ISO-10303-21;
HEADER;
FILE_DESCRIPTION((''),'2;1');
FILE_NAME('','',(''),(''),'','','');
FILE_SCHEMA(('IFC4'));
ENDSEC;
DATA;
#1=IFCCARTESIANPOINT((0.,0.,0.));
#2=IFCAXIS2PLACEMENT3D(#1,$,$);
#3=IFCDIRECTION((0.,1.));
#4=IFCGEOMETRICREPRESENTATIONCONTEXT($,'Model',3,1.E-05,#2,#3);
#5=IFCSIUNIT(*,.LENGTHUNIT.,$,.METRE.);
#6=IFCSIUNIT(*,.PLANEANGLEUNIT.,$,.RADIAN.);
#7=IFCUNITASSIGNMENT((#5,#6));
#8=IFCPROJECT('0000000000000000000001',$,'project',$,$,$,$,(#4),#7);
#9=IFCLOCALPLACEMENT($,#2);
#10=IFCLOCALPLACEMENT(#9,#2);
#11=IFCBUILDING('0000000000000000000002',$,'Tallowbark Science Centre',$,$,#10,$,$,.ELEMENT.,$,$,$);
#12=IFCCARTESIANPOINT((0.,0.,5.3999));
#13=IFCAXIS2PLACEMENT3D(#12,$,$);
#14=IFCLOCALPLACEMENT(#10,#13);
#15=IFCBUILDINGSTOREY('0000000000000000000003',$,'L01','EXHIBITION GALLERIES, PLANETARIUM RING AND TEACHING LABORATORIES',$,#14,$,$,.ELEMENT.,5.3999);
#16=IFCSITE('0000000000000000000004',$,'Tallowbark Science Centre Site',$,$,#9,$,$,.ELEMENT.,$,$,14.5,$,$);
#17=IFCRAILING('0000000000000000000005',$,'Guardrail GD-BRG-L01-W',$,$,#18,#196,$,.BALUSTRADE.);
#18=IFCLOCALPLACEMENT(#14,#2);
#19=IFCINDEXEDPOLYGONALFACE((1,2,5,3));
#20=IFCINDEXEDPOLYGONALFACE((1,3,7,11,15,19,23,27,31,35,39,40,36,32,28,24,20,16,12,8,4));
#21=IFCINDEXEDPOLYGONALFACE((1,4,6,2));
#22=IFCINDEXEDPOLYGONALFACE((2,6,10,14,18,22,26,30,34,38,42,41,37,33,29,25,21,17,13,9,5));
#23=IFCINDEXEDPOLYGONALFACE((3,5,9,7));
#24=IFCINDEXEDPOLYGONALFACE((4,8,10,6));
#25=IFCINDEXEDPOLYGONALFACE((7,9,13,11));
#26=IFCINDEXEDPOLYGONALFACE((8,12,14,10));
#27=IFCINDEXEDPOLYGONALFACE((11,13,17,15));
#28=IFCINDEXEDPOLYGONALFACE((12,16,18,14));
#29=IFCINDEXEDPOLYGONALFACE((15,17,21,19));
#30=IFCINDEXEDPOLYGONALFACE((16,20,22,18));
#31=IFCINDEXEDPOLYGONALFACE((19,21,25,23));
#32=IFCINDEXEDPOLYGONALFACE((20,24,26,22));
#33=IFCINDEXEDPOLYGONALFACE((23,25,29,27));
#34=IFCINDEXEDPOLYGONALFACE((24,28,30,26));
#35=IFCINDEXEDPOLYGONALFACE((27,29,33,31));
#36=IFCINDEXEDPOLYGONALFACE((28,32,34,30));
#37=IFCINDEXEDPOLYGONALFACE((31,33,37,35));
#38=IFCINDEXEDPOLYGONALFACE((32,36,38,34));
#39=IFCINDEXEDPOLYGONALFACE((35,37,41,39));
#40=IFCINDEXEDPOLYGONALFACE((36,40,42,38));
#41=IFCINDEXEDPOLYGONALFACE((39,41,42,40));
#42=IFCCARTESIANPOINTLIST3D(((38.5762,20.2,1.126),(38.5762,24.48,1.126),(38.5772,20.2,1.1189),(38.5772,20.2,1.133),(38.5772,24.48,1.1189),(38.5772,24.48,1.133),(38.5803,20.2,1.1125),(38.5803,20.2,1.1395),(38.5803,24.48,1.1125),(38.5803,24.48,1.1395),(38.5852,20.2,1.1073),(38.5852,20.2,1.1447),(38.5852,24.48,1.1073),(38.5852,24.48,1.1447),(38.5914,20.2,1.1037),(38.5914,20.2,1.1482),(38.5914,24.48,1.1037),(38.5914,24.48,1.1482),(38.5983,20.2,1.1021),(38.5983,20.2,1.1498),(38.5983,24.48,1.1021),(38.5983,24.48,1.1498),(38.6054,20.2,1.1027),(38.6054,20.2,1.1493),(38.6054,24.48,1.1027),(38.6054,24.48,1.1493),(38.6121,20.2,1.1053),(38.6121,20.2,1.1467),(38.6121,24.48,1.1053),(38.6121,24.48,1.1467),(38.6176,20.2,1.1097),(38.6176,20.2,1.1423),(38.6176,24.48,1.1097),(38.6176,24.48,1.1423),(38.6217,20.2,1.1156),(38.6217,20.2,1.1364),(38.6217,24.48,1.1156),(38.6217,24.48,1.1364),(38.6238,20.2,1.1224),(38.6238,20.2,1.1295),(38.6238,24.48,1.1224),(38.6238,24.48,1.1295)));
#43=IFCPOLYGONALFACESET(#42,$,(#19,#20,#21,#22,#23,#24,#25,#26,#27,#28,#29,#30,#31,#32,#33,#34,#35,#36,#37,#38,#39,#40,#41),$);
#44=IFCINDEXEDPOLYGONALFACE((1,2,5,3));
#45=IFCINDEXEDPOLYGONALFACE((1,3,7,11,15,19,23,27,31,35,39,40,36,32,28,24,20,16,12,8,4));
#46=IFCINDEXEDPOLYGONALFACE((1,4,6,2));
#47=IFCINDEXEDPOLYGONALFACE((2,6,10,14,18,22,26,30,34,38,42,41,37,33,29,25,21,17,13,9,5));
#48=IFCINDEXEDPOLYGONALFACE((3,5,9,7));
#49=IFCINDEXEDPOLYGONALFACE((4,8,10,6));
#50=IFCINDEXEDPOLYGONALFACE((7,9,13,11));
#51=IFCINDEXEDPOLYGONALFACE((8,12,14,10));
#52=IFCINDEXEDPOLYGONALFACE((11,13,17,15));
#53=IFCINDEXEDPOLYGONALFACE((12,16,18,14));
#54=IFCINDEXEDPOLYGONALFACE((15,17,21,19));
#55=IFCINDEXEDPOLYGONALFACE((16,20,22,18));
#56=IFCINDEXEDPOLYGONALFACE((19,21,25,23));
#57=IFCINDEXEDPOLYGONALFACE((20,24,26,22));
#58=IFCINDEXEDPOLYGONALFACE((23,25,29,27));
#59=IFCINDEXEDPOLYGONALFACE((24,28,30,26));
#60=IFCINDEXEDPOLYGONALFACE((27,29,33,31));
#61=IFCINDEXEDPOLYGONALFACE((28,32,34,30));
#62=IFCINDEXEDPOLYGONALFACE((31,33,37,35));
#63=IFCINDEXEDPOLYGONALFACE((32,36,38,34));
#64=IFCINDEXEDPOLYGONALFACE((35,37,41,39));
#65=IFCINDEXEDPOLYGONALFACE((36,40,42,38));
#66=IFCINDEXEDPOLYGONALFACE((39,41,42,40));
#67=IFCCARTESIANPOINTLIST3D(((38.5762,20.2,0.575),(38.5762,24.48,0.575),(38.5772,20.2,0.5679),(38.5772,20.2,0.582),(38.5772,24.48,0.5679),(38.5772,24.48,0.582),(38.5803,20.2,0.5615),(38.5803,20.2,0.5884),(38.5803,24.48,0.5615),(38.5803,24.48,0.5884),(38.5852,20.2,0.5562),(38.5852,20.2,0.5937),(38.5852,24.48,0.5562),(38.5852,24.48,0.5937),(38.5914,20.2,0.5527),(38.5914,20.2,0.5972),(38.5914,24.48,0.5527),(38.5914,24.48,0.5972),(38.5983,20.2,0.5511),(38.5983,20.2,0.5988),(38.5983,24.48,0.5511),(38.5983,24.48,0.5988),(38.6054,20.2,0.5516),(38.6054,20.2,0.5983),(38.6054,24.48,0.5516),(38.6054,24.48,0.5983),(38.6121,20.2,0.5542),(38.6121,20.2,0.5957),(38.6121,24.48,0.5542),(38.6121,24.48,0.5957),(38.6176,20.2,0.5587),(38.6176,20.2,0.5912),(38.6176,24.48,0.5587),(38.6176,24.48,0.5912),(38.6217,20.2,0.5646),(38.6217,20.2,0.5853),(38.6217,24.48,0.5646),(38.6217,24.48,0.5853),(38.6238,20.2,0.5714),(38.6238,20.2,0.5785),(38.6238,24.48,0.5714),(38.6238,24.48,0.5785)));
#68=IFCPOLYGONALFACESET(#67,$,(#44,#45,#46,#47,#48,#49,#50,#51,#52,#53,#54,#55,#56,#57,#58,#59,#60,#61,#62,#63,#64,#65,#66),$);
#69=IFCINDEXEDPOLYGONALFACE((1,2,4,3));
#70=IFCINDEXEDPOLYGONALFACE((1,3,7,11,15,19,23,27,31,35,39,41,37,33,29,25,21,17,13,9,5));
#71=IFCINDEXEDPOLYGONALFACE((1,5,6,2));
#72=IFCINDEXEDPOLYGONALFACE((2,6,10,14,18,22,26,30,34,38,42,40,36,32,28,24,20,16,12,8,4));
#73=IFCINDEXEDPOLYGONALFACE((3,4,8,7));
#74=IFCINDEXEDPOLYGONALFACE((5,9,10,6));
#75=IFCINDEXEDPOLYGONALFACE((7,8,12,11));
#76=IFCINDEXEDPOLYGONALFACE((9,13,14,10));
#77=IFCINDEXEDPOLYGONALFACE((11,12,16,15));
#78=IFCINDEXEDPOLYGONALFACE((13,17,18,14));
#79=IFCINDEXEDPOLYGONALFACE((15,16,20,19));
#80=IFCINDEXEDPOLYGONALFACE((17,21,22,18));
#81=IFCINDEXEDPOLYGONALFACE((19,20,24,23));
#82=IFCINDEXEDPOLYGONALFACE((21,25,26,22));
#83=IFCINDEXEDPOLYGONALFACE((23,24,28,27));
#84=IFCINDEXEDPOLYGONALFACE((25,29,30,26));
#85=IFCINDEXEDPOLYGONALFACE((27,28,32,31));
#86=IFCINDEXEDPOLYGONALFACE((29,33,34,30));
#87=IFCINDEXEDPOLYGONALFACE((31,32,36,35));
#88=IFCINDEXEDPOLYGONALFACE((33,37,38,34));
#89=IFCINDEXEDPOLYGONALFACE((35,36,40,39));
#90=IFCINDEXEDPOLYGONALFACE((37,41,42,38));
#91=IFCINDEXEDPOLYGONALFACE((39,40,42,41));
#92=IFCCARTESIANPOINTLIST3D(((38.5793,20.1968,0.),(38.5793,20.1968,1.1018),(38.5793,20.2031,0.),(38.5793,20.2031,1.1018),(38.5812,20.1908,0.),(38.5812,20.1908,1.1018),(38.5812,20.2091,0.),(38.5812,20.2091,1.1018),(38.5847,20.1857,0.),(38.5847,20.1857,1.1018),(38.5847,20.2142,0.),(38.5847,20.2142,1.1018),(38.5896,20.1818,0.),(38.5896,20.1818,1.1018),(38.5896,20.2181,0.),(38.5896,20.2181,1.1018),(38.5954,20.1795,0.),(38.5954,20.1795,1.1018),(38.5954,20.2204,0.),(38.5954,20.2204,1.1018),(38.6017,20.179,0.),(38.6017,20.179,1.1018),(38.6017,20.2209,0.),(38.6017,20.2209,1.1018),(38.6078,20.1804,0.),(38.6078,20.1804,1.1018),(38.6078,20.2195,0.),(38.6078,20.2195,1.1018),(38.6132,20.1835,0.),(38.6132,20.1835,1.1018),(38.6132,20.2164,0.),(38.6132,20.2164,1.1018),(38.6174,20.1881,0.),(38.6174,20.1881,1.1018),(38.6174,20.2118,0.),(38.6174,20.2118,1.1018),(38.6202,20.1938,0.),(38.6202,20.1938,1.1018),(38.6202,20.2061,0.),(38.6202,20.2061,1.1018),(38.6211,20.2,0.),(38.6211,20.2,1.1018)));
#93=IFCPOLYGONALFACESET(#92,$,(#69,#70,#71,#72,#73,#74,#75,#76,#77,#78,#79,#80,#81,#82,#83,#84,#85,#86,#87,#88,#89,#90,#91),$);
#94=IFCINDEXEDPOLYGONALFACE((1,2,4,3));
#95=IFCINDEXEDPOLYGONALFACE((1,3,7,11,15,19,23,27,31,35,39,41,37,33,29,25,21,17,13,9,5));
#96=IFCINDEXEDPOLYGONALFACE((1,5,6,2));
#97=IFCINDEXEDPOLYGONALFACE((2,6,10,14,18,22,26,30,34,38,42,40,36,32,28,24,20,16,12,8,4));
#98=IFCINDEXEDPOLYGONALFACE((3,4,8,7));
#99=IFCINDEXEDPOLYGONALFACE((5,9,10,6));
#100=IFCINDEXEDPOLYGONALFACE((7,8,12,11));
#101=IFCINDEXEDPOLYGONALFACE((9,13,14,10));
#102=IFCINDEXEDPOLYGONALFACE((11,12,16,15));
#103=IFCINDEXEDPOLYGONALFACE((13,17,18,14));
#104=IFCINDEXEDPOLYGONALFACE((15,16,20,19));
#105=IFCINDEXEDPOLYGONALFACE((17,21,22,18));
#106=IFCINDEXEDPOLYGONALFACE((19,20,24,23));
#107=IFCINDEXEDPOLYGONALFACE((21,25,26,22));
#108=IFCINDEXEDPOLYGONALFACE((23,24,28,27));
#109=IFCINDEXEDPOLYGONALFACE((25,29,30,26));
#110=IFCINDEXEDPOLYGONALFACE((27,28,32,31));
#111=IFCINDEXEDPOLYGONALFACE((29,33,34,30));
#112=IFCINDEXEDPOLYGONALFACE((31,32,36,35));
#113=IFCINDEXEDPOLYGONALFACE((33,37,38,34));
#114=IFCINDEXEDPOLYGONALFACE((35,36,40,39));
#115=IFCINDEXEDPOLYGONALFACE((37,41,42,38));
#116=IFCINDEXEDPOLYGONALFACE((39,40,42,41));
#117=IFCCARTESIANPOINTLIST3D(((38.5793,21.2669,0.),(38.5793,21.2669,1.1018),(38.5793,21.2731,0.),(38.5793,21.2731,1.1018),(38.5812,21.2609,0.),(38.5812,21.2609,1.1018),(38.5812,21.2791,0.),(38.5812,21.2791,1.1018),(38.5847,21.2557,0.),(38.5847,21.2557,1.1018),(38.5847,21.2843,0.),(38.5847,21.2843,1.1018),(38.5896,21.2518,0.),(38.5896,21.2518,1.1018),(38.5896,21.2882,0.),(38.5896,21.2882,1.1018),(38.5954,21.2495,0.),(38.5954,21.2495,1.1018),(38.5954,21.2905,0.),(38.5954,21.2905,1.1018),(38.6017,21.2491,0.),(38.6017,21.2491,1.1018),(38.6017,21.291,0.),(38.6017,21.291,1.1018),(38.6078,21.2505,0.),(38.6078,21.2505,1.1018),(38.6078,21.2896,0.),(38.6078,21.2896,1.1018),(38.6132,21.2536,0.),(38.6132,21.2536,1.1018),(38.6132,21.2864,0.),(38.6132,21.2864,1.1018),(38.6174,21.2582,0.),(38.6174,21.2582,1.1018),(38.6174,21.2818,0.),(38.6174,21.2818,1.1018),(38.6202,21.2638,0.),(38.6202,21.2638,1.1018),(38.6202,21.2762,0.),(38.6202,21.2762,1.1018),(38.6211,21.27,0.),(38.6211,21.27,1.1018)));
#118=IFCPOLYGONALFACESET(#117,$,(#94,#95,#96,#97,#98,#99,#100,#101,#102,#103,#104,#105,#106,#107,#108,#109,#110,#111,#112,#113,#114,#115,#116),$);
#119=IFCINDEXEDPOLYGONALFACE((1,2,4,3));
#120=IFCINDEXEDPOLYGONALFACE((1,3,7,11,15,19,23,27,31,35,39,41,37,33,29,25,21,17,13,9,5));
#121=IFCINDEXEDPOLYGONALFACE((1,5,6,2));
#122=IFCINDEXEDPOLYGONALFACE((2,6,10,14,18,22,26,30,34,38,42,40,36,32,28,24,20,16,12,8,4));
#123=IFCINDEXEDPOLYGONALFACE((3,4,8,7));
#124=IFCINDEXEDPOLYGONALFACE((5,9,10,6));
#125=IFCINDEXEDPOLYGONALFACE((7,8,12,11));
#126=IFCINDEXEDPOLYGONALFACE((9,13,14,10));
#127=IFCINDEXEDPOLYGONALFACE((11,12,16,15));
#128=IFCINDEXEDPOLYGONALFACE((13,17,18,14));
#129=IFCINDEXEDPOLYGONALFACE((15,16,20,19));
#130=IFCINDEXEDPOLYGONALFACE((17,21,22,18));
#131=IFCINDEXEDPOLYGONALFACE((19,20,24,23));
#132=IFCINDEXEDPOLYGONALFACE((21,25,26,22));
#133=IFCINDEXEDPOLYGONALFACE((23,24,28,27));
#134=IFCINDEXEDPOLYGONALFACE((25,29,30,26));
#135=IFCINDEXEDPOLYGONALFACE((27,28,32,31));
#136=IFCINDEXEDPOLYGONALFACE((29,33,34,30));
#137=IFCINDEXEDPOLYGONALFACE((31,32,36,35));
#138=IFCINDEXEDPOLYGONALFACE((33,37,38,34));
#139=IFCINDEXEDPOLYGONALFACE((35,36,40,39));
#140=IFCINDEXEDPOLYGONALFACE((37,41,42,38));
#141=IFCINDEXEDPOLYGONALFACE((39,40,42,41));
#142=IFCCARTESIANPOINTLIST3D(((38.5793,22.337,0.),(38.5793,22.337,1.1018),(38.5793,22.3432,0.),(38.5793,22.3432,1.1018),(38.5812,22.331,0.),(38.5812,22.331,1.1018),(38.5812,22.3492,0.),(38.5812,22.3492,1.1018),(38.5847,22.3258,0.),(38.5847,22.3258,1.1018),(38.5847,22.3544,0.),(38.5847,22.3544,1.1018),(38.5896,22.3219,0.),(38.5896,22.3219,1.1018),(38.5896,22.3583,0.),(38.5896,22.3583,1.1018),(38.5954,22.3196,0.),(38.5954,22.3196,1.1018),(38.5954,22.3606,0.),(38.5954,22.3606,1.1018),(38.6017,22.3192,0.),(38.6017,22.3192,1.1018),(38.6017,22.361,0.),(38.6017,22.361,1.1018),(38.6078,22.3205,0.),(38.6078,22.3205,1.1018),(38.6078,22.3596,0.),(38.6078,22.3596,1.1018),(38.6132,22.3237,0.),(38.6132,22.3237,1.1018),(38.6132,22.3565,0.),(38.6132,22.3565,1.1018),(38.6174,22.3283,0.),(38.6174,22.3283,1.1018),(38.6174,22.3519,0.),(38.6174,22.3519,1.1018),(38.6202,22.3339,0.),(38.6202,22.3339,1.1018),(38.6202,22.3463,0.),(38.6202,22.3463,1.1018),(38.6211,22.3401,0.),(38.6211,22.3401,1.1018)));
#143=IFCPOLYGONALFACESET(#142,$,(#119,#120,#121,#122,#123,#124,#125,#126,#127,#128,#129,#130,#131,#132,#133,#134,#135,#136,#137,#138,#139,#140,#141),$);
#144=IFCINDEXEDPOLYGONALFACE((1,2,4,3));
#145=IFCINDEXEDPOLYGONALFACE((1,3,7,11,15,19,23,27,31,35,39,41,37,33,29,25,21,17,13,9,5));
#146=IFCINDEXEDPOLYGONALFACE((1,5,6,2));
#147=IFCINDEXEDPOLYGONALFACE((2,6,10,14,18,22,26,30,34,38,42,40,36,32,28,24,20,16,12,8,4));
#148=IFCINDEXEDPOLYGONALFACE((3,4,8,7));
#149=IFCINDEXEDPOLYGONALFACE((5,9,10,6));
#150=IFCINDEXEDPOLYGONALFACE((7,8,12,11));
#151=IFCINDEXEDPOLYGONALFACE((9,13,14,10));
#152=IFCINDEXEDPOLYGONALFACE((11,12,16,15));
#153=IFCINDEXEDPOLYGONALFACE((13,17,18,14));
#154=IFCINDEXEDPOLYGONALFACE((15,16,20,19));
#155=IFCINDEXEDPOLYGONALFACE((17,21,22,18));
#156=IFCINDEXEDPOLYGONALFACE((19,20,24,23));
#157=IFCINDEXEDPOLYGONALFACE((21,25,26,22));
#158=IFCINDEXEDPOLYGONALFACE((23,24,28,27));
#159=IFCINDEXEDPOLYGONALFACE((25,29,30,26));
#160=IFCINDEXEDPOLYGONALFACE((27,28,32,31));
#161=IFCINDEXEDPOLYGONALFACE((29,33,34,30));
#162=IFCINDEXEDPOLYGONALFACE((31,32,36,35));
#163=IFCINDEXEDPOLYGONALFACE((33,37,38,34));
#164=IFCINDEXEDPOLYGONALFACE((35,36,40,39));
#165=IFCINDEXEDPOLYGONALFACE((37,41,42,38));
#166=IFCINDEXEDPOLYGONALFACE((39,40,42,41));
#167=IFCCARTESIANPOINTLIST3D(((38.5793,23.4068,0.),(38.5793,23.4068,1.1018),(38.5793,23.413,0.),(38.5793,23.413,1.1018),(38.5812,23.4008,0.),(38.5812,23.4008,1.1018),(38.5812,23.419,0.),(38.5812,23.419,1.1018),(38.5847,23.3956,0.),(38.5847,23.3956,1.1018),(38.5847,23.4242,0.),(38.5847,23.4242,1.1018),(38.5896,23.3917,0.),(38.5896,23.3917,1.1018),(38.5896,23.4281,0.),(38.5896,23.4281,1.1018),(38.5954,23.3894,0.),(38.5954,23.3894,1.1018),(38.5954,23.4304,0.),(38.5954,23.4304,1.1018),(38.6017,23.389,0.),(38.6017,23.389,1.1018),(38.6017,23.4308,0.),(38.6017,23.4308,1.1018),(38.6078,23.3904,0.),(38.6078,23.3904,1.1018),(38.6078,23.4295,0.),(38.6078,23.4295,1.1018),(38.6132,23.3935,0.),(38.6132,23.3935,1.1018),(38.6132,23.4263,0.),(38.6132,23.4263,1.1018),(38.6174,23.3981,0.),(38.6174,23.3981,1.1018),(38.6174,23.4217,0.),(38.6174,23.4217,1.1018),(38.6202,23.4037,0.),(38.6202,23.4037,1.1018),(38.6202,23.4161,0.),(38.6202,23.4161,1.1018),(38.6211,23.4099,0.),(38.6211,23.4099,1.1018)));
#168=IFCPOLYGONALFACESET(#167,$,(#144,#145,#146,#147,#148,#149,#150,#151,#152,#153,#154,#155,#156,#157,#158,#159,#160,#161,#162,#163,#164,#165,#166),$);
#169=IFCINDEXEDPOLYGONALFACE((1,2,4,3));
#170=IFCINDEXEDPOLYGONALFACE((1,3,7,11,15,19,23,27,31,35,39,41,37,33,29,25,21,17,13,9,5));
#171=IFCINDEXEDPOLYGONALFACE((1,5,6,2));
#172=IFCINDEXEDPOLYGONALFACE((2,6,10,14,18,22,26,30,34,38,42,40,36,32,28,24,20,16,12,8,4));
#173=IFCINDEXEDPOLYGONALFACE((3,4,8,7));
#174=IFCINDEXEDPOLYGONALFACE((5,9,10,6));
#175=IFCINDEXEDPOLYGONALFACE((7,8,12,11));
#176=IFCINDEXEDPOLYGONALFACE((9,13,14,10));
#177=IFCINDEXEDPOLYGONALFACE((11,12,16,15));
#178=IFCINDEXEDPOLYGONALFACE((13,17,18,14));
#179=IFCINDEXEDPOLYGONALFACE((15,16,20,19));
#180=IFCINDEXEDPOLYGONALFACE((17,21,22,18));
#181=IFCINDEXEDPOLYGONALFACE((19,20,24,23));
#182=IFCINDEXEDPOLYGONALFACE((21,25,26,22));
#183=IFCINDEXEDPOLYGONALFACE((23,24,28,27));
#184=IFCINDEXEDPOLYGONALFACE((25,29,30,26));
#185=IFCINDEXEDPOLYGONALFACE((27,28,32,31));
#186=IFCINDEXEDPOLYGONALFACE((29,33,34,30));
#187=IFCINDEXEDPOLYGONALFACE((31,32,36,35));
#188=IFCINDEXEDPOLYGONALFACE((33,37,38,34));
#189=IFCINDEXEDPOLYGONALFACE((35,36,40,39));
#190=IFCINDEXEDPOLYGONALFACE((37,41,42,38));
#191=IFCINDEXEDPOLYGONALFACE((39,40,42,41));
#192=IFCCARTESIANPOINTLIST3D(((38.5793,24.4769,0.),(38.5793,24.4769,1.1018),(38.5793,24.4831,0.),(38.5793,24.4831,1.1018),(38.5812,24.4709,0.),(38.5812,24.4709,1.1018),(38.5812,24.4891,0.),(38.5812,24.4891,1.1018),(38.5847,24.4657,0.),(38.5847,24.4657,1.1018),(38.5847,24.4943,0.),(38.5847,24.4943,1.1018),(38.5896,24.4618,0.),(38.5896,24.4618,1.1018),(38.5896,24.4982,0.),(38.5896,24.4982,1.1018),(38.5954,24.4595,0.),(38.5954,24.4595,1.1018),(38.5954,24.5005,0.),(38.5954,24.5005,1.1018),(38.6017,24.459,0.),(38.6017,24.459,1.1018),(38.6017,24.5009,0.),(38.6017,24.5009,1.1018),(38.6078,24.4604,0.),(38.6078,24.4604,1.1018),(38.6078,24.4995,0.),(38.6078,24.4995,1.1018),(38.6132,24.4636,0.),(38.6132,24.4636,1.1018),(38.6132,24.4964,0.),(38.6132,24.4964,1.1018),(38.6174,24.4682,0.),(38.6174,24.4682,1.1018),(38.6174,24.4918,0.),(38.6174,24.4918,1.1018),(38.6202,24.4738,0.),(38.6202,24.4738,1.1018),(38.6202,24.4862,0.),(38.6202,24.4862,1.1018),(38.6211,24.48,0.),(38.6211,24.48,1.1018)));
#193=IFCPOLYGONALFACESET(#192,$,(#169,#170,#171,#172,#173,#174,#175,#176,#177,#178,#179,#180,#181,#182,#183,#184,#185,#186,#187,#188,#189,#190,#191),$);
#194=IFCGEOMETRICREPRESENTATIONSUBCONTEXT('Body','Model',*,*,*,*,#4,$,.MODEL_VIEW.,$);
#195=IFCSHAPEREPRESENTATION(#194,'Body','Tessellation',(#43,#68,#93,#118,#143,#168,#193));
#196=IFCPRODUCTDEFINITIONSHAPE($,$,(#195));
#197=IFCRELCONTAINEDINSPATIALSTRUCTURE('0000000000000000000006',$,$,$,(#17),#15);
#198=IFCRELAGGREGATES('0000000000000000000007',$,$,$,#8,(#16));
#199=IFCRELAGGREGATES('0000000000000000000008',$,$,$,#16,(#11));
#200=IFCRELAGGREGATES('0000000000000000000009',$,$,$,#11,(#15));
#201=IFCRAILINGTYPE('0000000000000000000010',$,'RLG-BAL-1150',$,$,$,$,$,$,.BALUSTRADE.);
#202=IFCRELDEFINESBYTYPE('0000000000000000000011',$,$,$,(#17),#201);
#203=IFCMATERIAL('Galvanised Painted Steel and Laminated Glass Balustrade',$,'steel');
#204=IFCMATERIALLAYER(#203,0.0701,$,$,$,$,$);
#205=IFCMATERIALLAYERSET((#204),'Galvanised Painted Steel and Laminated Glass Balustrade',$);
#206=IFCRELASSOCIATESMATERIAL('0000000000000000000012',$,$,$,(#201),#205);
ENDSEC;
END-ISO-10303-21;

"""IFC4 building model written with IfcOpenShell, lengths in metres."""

from ifc_helpers import new_model, si_unit, direction, frame, origin, origin_2d, place, context, subcontext, project, spatial, circle, extrude, material, layer, layer_set, type_object, element, save


model = new_model("IFC4")

# Units and contexts
model_context = context("Model", 3, precision=1e-05, world=origin(), true_north=direction((0.0, 1.0)))
body_context = subcontext(model_context, "Body", "Model", "MODEL_VIEW")
ifc_project = project(units=[si_unit("LENGTHUNIT", "METRE"), si_unit("PLANEANGLEUNIT", "RADIAN")], contexts=[model_context])

# Site, building, storey
site_placement = place(None, origin())
site = spatial("IfcSite", under=ifc_project, at=site_placement, Name="Tallowbark Science Centre Site", CompositionType="ELEMENT", RefElevation=14.5)
building_placement = place(site_placement, origin())
building = spatial("IfcBuilding", under=site, at=building_placement, Name="Tallowbark Science Centre", CompositionType="ELEMENT")
storey_placement = place(building_placement, frame((0.0, 0.0, 5.3999)))
storey = spatial("IfcBuildingStorey", under=building, at=storey_placement, Name="L01", Description="EXHIBITION GALLERIES, PLANETARIUM RING AND TEACHING LABORATORIES", CompositionType="ELEMENT", Elevation=5.3999)

# Railing
ifc_material_1 = material(Name="Galvanised Painted Steel and Laminated Glass Balustrade", Category="steel")
ifc_layer_1 = layer(ifc_material_1, 0.0701)
ifc_layer_set_1 = layer_set([ifc_layer_1], Name="Galvanised Painted Steel and Laminated Glass Balustrade")
railing_type = type_object("IfcRailingType", Name="RLG-BAL-1150", PredefinedType="BALUSTRADE", material=ifc_layer_set_1)
railing_1_placement = place(storey_placement, frame((38.6001, 20.2, 0.0)))
element("IfcRailing", 1, at=railing_1_placement, inside=storey, type_object=railing_type, Name="Guardrail GD-BRG-L01-W", PredefinedType="BALUSTRADE", context=body_context, shape_type="SweptSolid", body=[
    extrude(circle(Radius=0.0239, at=origin_2d()), frame((0.0, 0.0, 1.126), z_axis=(0.0, 1.0, 0.0), x_axis=(-1.0, 0.0, 0.0)), (0.0, 0.0, 1.0), 4.28),
    extrude(circle(Radius=0.0239, at=origin_2d()), frame((0.0, 0.0, 0.575), z_axis=(0.0, 1.0, 0.0), x_axis=(-1.0, 0.0, 0.0)), (0.0, 0.0, 1.0), 4.28),
    extrude(circle(Radius=0.021, at=origin_2d()), origin(), (0.0, 0.0, 1.0), 1.1018),
    extrude(circle(Radius=0.021, at=origin_2d()), frame((0.0, 1.0701, 0.0)), (0.0, 0.0, 1.0), 1.1018),
    extrude(circle(Radius=0.021, at=origin_2d()), frame((0.0, 2.1401, 0.0)), (0.0, 0.0, 1.0), 1.1018),
    extrude(circle(Radius=0.021, at=origin_2d()), frame((0.0, 3.21, 0.0)), (0.0, 0.0, 1.0), 1.1018),
    extrude(circle(Radius=0.021, at=origin_2d()), frame((0.0, 4.28, 0.0)), (0.0, 0.0, 1.0), 1.1018),
])

save(model, "model.ifc")
